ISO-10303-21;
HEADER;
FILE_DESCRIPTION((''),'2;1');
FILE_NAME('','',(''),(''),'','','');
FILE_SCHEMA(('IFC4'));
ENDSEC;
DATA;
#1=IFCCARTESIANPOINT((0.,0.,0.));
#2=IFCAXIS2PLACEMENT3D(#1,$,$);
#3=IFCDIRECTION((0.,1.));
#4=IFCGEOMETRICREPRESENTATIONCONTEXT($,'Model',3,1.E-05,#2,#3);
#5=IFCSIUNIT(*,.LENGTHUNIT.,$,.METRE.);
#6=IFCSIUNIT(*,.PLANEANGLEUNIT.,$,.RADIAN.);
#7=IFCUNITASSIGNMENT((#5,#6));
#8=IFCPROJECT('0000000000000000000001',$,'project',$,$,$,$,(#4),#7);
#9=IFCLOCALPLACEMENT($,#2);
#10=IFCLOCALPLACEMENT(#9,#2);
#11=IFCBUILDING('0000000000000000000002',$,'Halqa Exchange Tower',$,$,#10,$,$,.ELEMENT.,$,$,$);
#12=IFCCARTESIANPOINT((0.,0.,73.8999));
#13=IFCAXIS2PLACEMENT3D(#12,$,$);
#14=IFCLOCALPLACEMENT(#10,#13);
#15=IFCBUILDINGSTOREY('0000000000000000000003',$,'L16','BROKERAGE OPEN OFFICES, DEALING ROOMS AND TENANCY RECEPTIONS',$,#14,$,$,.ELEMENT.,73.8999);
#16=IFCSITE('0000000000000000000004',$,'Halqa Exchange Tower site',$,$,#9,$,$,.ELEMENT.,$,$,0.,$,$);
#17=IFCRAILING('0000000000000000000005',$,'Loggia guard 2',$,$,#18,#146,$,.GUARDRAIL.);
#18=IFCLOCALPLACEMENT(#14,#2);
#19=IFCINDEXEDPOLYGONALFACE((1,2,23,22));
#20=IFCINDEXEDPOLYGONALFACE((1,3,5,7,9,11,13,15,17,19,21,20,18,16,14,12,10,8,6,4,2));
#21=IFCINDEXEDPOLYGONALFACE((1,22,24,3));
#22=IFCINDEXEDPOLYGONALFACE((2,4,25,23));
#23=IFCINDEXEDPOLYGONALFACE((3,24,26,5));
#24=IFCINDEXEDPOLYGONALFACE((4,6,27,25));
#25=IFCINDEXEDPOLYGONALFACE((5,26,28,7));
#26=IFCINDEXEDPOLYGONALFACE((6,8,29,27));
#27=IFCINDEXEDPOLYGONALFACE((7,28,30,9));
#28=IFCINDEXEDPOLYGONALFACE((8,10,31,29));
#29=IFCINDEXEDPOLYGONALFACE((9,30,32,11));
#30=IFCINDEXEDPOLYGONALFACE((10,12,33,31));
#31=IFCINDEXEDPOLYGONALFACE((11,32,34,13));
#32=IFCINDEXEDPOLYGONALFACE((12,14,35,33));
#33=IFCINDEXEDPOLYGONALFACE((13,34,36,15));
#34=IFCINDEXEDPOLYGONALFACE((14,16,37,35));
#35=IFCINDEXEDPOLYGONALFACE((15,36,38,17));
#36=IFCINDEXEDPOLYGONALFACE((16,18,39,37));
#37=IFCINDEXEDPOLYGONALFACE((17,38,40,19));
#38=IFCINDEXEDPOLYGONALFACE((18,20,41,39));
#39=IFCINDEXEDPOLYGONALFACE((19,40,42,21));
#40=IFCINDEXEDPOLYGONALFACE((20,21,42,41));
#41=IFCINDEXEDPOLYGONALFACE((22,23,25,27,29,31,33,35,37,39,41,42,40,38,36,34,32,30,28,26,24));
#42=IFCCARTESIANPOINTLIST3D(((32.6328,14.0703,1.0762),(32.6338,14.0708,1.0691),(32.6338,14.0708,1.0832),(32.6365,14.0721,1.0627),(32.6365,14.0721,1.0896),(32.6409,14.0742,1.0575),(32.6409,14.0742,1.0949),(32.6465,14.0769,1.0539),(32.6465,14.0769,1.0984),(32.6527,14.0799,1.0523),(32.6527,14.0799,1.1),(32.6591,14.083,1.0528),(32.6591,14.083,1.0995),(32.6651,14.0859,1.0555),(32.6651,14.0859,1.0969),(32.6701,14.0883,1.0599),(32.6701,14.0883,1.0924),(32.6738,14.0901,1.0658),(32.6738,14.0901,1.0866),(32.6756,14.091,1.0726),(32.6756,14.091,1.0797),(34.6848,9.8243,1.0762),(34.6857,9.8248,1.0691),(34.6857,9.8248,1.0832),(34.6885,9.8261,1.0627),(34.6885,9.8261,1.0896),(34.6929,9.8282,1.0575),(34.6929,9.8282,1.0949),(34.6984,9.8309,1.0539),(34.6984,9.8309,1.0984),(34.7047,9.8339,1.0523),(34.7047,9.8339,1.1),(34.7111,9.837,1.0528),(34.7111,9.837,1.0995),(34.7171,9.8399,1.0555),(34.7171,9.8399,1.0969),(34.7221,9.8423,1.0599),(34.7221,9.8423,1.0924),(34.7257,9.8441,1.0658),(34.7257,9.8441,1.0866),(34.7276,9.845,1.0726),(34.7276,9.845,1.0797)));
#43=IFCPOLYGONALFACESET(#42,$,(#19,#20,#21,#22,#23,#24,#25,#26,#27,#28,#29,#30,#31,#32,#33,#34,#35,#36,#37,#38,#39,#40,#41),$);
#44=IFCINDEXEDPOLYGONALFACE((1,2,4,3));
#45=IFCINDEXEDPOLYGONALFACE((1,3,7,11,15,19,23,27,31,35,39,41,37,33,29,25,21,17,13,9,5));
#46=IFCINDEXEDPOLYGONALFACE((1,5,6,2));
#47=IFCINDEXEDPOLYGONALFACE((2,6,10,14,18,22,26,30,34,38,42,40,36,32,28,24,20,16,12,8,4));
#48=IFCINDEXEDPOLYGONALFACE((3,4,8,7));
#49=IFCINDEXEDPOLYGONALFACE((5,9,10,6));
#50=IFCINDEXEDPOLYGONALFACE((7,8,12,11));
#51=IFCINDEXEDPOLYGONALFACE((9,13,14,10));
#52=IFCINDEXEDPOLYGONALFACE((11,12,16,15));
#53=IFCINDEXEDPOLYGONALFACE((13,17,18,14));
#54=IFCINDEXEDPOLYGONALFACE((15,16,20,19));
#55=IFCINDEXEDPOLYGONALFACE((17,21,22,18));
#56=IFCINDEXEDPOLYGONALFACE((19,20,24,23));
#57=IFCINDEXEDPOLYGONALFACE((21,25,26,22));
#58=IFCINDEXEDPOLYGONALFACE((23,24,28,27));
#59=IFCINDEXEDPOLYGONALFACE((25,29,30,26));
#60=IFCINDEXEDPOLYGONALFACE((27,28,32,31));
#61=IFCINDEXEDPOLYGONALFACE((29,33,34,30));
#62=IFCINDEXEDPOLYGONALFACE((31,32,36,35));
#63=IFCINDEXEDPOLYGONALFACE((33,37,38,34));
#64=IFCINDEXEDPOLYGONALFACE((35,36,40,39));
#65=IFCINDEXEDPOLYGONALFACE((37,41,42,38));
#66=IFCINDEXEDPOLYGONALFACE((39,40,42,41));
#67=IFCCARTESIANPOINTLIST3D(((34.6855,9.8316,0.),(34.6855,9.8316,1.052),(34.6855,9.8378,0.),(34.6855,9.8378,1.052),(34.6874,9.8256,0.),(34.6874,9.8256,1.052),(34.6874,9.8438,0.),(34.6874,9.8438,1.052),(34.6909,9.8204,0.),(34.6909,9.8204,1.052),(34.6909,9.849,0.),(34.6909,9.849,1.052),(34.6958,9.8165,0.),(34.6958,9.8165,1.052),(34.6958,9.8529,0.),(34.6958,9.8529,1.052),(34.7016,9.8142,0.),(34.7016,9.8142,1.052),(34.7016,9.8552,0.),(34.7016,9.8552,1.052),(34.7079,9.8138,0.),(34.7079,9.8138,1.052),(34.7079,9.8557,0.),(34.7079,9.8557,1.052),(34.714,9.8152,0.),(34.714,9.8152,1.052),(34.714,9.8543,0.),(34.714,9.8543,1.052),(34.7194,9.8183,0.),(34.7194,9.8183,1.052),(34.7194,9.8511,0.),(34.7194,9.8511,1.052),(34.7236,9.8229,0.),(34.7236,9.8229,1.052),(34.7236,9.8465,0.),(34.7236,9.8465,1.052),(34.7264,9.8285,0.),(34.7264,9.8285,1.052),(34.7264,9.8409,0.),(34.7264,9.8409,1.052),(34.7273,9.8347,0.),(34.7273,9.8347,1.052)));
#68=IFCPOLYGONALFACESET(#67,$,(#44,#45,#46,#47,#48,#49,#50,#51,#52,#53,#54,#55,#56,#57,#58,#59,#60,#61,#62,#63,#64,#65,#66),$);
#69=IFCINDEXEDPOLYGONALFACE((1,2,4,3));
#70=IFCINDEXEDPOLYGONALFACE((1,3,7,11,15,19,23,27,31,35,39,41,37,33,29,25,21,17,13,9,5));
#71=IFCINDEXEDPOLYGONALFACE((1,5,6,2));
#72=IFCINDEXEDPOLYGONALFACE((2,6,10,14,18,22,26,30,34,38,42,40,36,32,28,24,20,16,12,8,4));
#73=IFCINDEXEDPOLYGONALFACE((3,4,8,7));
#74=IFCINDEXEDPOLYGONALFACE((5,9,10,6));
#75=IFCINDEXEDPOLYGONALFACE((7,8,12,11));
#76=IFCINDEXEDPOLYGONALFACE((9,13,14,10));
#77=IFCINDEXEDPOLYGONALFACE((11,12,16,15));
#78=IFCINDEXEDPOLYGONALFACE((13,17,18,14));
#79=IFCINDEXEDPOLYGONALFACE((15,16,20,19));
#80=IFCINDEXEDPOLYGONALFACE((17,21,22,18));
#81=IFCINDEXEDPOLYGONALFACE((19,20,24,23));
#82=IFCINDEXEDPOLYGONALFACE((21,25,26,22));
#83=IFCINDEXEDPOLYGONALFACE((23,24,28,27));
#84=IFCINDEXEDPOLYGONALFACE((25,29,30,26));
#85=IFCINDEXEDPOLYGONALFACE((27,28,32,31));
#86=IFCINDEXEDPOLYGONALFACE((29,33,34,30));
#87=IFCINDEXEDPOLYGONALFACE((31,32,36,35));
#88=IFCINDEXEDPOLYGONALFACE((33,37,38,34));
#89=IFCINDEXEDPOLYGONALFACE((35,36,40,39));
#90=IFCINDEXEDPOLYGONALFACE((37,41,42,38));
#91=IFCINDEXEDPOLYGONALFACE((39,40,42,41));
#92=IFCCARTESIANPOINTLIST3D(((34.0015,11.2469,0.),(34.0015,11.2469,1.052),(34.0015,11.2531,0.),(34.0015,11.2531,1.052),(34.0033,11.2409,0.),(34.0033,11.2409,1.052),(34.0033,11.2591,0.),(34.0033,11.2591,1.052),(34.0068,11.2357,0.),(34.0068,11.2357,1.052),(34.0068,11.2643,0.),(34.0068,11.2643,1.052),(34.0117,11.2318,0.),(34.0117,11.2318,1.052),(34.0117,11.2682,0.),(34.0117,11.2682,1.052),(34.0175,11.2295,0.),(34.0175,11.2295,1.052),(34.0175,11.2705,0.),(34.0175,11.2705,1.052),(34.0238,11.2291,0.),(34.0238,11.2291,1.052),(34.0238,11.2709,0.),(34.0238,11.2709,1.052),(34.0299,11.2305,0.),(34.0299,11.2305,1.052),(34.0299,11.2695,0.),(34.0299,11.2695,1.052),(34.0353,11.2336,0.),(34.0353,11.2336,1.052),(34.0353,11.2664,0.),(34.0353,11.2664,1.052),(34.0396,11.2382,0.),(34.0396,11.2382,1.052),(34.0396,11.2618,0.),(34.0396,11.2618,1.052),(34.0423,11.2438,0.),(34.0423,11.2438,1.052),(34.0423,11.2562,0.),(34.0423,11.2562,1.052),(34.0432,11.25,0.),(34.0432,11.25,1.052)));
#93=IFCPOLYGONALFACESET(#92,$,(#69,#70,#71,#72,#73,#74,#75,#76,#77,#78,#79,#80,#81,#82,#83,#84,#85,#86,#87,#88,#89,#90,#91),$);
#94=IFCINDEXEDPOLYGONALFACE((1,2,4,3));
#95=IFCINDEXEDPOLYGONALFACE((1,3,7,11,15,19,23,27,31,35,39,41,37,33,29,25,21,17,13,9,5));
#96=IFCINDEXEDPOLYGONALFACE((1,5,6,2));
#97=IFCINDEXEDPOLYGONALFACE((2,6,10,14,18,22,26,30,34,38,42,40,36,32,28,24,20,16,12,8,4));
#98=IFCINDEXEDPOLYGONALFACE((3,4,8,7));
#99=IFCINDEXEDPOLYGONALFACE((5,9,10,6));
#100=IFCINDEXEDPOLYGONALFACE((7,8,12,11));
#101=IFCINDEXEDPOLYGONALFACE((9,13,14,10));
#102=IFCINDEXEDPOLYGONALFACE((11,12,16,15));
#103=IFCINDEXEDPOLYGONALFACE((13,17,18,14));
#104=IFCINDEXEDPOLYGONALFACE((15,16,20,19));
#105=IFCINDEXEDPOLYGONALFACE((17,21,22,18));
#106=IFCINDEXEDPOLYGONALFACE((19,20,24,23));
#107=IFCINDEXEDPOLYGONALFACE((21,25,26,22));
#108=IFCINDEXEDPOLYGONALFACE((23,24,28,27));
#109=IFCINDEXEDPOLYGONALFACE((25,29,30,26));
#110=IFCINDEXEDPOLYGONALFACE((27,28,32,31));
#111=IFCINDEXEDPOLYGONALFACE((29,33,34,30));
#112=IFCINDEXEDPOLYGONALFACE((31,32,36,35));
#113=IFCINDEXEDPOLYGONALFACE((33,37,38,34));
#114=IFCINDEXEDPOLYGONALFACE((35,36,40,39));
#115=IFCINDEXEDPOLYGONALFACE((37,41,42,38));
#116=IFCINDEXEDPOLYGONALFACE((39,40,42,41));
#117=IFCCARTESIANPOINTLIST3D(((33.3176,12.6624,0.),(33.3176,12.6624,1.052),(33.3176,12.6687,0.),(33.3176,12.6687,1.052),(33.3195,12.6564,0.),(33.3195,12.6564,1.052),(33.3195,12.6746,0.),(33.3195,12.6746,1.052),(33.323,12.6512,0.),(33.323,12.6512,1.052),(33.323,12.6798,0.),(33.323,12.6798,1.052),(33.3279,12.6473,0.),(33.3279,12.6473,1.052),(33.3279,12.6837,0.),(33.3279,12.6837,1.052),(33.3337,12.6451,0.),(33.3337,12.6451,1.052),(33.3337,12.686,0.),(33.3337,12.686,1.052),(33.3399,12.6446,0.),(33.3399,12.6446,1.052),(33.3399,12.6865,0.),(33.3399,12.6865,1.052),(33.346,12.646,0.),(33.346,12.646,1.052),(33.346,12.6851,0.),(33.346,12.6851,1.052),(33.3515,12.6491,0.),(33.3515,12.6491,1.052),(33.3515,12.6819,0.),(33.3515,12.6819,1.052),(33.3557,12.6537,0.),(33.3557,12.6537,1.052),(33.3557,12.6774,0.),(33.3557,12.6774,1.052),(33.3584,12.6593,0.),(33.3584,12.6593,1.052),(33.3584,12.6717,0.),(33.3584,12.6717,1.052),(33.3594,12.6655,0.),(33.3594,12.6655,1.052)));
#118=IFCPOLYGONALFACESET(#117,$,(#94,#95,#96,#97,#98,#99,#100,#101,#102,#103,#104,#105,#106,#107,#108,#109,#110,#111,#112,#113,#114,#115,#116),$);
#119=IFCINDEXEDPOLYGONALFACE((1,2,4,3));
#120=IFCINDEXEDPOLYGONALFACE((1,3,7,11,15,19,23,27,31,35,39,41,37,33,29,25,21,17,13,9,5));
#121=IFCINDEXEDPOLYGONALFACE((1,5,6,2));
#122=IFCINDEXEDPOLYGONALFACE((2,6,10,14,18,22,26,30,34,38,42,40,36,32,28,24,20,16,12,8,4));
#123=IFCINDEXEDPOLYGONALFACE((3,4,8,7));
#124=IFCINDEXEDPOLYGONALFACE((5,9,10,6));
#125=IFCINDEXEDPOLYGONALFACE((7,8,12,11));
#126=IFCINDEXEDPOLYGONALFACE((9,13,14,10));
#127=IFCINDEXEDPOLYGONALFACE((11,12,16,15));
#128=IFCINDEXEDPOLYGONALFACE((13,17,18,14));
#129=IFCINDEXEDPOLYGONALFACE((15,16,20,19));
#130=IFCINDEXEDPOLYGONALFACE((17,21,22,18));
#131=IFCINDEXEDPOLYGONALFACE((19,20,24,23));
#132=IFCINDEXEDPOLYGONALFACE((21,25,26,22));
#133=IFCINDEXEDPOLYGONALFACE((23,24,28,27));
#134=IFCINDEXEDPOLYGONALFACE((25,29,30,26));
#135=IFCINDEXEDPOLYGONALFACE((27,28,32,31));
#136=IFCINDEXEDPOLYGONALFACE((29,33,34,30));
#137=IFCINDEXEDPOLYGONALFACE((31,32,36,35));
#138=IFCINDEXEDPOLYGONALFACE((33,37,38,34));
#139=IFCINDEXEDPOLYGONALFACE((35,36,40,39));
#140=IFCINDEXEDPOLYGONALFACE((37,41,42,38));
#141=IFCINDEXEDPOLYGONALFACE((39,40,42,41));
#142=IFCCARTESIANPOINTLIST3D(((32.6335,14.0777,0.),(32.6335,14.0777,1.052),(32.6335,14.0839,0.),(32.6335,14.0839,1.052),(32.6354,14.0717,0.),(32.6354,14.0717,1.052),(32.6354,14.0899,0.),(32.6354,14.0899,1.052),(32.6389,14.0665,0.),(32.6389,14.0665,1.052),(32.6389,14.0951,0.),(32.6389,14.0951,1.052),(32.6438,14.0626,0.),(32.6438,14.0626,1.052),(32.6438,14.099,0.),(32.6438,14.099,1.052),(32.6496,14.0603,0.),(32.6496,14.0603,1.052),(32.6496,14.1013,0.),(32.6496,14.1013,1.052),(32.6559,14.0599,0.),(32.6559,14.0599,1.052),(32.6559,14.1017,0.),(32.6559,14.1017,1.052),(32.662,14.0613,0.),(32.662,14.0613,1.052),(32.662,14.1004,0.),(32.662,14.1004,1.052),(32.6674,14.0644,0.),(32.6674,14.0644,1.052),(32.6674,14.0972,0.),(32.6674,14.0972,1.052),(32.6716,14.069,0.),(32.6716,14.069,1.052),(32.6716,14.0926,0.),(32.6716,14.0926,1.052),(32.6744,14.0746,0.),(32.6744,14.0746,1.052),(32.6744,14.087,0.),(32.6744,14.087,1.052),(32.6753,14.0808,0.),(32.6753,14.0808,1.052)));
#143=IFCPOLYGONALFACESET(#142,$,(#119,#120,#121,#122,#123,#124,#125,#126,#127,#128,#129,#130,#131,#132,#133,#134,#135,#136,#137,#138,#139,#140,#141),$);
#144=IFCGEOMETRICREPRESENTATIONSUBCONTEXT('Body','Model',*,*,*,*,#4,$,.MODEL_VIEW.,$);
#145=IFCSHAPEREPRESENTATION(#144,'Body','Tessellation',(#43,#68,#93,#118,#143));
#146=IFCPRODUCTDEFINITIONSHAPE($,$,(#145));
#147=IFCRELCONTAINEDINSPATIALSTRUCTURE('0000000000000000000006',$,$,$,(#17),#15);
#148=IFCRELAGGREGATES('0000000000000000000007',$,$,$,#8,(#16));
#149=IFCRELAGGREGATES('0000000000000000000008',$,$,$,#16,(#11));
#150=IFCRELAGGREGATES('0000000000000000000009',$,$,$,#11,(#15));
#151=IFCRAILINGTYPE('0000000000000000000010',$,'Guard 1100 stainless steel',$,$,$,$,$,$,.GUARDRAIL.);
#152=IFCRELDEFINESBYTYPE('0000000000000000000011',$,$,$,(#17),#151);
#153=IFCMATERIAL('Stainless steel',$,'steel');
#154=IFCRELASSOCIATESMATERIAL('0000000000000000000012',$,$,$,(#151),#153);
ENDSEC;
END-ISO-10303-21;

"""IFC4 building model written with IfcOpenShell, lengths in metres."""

from ifc_helpers import new_model, si_unit, direction, frame, origin, origin_2d, place, context, subcontext, project, spatial, circle, extrude, material, type_object, element, save


model = new_model("IFC4")

# Units and contexts
model_context = context("Model", 3, precision=1e-05, world=origin(), true_north=direction((0.0, 1.0)))
body_context = subcontext(model_context, "Body", "Model", "MODEL_VIEW")
ifc_project = project(units=[si_unit("LENGTHUNIT", "METRE"), si_unit("PLANEANGLEUNIT", "RADIAN")], contexts=[model_context])

# Site, building, storey
site_placement = place(None, origin())
site = spatial("IfcSite", under=ifc_project, at=site_placement, Name="Halqa Exchange Tower site", CompositionType="ELEMENT", RefElevation=0.0)
building_placement = place(site_placement, origin())
building = spatial("IfcBuilding", under=site, at=building_placement, Name="Halqa Exchange Tower", CompositionType="ELEMENT")
storey_placement = place(building_placement, frame((0.0, 0.0, 73.8999)))
storey = spatial("IfcBuildingStorey", under=building, at=storey_placement, Name="L16", Description="BROKERAGE OPEN OFFICES, DEALING ROOMS AND TENANCY RECEPTIONS", CompositionType="ELEMENT", Elevation=73.8999)

# Railing
ifc_material_1 = material(Name="Stainless steel", Category="steel")
railing_type = type_object("IfcRailingType", Name="Guard 1100 stainless steel", PredefinedType="GUARDRAIL", material=ifc_material_1)
railing_1_placement = place(storey_placement, frame((34.7063, 9.8347, 0.0)))
element("IfcRailing", 1, at=railing_1_placement, inside=storey, type_object=railing_type, Name="Loggia guard 2", PredefinedType="GUARDRAIL", context=body_context, shape_type="SweptSolid", body=[
    extrude(circle(Radius=0.0239, at=origin_2d()), frame((0.0, 0.0, 1.0762), z_axis=(-0.435121, 0.900372, 0.0), x_axis=(-0.900372, -0.435121, 0.0)), (0.0, 0.0, 1.0), 4.7158),
    extrude(circle(Radius=0.021, at=origin_2d()), origin(), (0.0, 0.0, 1.0), 1.052),
    extrude(circle(Radius=0.021, at=origin_2d()), frame((-0.6841, 1.4153, 0.0)), (0.0, 0.0, 1.0), 1.052),
    extrude(circle(Radius=0.021, at=origin_2d()), frame((-1.3679, 2.8308, 0.0)), (0.0, 0.0, 1.0), 1.052),
    extrude(circle(Radius=0.021, at=origin_2d()), frame((-2.052, 4.2461, 0.0)), (0.0, 0.0, 1.0), 1.052),
])

save(model, "model.ifc")
